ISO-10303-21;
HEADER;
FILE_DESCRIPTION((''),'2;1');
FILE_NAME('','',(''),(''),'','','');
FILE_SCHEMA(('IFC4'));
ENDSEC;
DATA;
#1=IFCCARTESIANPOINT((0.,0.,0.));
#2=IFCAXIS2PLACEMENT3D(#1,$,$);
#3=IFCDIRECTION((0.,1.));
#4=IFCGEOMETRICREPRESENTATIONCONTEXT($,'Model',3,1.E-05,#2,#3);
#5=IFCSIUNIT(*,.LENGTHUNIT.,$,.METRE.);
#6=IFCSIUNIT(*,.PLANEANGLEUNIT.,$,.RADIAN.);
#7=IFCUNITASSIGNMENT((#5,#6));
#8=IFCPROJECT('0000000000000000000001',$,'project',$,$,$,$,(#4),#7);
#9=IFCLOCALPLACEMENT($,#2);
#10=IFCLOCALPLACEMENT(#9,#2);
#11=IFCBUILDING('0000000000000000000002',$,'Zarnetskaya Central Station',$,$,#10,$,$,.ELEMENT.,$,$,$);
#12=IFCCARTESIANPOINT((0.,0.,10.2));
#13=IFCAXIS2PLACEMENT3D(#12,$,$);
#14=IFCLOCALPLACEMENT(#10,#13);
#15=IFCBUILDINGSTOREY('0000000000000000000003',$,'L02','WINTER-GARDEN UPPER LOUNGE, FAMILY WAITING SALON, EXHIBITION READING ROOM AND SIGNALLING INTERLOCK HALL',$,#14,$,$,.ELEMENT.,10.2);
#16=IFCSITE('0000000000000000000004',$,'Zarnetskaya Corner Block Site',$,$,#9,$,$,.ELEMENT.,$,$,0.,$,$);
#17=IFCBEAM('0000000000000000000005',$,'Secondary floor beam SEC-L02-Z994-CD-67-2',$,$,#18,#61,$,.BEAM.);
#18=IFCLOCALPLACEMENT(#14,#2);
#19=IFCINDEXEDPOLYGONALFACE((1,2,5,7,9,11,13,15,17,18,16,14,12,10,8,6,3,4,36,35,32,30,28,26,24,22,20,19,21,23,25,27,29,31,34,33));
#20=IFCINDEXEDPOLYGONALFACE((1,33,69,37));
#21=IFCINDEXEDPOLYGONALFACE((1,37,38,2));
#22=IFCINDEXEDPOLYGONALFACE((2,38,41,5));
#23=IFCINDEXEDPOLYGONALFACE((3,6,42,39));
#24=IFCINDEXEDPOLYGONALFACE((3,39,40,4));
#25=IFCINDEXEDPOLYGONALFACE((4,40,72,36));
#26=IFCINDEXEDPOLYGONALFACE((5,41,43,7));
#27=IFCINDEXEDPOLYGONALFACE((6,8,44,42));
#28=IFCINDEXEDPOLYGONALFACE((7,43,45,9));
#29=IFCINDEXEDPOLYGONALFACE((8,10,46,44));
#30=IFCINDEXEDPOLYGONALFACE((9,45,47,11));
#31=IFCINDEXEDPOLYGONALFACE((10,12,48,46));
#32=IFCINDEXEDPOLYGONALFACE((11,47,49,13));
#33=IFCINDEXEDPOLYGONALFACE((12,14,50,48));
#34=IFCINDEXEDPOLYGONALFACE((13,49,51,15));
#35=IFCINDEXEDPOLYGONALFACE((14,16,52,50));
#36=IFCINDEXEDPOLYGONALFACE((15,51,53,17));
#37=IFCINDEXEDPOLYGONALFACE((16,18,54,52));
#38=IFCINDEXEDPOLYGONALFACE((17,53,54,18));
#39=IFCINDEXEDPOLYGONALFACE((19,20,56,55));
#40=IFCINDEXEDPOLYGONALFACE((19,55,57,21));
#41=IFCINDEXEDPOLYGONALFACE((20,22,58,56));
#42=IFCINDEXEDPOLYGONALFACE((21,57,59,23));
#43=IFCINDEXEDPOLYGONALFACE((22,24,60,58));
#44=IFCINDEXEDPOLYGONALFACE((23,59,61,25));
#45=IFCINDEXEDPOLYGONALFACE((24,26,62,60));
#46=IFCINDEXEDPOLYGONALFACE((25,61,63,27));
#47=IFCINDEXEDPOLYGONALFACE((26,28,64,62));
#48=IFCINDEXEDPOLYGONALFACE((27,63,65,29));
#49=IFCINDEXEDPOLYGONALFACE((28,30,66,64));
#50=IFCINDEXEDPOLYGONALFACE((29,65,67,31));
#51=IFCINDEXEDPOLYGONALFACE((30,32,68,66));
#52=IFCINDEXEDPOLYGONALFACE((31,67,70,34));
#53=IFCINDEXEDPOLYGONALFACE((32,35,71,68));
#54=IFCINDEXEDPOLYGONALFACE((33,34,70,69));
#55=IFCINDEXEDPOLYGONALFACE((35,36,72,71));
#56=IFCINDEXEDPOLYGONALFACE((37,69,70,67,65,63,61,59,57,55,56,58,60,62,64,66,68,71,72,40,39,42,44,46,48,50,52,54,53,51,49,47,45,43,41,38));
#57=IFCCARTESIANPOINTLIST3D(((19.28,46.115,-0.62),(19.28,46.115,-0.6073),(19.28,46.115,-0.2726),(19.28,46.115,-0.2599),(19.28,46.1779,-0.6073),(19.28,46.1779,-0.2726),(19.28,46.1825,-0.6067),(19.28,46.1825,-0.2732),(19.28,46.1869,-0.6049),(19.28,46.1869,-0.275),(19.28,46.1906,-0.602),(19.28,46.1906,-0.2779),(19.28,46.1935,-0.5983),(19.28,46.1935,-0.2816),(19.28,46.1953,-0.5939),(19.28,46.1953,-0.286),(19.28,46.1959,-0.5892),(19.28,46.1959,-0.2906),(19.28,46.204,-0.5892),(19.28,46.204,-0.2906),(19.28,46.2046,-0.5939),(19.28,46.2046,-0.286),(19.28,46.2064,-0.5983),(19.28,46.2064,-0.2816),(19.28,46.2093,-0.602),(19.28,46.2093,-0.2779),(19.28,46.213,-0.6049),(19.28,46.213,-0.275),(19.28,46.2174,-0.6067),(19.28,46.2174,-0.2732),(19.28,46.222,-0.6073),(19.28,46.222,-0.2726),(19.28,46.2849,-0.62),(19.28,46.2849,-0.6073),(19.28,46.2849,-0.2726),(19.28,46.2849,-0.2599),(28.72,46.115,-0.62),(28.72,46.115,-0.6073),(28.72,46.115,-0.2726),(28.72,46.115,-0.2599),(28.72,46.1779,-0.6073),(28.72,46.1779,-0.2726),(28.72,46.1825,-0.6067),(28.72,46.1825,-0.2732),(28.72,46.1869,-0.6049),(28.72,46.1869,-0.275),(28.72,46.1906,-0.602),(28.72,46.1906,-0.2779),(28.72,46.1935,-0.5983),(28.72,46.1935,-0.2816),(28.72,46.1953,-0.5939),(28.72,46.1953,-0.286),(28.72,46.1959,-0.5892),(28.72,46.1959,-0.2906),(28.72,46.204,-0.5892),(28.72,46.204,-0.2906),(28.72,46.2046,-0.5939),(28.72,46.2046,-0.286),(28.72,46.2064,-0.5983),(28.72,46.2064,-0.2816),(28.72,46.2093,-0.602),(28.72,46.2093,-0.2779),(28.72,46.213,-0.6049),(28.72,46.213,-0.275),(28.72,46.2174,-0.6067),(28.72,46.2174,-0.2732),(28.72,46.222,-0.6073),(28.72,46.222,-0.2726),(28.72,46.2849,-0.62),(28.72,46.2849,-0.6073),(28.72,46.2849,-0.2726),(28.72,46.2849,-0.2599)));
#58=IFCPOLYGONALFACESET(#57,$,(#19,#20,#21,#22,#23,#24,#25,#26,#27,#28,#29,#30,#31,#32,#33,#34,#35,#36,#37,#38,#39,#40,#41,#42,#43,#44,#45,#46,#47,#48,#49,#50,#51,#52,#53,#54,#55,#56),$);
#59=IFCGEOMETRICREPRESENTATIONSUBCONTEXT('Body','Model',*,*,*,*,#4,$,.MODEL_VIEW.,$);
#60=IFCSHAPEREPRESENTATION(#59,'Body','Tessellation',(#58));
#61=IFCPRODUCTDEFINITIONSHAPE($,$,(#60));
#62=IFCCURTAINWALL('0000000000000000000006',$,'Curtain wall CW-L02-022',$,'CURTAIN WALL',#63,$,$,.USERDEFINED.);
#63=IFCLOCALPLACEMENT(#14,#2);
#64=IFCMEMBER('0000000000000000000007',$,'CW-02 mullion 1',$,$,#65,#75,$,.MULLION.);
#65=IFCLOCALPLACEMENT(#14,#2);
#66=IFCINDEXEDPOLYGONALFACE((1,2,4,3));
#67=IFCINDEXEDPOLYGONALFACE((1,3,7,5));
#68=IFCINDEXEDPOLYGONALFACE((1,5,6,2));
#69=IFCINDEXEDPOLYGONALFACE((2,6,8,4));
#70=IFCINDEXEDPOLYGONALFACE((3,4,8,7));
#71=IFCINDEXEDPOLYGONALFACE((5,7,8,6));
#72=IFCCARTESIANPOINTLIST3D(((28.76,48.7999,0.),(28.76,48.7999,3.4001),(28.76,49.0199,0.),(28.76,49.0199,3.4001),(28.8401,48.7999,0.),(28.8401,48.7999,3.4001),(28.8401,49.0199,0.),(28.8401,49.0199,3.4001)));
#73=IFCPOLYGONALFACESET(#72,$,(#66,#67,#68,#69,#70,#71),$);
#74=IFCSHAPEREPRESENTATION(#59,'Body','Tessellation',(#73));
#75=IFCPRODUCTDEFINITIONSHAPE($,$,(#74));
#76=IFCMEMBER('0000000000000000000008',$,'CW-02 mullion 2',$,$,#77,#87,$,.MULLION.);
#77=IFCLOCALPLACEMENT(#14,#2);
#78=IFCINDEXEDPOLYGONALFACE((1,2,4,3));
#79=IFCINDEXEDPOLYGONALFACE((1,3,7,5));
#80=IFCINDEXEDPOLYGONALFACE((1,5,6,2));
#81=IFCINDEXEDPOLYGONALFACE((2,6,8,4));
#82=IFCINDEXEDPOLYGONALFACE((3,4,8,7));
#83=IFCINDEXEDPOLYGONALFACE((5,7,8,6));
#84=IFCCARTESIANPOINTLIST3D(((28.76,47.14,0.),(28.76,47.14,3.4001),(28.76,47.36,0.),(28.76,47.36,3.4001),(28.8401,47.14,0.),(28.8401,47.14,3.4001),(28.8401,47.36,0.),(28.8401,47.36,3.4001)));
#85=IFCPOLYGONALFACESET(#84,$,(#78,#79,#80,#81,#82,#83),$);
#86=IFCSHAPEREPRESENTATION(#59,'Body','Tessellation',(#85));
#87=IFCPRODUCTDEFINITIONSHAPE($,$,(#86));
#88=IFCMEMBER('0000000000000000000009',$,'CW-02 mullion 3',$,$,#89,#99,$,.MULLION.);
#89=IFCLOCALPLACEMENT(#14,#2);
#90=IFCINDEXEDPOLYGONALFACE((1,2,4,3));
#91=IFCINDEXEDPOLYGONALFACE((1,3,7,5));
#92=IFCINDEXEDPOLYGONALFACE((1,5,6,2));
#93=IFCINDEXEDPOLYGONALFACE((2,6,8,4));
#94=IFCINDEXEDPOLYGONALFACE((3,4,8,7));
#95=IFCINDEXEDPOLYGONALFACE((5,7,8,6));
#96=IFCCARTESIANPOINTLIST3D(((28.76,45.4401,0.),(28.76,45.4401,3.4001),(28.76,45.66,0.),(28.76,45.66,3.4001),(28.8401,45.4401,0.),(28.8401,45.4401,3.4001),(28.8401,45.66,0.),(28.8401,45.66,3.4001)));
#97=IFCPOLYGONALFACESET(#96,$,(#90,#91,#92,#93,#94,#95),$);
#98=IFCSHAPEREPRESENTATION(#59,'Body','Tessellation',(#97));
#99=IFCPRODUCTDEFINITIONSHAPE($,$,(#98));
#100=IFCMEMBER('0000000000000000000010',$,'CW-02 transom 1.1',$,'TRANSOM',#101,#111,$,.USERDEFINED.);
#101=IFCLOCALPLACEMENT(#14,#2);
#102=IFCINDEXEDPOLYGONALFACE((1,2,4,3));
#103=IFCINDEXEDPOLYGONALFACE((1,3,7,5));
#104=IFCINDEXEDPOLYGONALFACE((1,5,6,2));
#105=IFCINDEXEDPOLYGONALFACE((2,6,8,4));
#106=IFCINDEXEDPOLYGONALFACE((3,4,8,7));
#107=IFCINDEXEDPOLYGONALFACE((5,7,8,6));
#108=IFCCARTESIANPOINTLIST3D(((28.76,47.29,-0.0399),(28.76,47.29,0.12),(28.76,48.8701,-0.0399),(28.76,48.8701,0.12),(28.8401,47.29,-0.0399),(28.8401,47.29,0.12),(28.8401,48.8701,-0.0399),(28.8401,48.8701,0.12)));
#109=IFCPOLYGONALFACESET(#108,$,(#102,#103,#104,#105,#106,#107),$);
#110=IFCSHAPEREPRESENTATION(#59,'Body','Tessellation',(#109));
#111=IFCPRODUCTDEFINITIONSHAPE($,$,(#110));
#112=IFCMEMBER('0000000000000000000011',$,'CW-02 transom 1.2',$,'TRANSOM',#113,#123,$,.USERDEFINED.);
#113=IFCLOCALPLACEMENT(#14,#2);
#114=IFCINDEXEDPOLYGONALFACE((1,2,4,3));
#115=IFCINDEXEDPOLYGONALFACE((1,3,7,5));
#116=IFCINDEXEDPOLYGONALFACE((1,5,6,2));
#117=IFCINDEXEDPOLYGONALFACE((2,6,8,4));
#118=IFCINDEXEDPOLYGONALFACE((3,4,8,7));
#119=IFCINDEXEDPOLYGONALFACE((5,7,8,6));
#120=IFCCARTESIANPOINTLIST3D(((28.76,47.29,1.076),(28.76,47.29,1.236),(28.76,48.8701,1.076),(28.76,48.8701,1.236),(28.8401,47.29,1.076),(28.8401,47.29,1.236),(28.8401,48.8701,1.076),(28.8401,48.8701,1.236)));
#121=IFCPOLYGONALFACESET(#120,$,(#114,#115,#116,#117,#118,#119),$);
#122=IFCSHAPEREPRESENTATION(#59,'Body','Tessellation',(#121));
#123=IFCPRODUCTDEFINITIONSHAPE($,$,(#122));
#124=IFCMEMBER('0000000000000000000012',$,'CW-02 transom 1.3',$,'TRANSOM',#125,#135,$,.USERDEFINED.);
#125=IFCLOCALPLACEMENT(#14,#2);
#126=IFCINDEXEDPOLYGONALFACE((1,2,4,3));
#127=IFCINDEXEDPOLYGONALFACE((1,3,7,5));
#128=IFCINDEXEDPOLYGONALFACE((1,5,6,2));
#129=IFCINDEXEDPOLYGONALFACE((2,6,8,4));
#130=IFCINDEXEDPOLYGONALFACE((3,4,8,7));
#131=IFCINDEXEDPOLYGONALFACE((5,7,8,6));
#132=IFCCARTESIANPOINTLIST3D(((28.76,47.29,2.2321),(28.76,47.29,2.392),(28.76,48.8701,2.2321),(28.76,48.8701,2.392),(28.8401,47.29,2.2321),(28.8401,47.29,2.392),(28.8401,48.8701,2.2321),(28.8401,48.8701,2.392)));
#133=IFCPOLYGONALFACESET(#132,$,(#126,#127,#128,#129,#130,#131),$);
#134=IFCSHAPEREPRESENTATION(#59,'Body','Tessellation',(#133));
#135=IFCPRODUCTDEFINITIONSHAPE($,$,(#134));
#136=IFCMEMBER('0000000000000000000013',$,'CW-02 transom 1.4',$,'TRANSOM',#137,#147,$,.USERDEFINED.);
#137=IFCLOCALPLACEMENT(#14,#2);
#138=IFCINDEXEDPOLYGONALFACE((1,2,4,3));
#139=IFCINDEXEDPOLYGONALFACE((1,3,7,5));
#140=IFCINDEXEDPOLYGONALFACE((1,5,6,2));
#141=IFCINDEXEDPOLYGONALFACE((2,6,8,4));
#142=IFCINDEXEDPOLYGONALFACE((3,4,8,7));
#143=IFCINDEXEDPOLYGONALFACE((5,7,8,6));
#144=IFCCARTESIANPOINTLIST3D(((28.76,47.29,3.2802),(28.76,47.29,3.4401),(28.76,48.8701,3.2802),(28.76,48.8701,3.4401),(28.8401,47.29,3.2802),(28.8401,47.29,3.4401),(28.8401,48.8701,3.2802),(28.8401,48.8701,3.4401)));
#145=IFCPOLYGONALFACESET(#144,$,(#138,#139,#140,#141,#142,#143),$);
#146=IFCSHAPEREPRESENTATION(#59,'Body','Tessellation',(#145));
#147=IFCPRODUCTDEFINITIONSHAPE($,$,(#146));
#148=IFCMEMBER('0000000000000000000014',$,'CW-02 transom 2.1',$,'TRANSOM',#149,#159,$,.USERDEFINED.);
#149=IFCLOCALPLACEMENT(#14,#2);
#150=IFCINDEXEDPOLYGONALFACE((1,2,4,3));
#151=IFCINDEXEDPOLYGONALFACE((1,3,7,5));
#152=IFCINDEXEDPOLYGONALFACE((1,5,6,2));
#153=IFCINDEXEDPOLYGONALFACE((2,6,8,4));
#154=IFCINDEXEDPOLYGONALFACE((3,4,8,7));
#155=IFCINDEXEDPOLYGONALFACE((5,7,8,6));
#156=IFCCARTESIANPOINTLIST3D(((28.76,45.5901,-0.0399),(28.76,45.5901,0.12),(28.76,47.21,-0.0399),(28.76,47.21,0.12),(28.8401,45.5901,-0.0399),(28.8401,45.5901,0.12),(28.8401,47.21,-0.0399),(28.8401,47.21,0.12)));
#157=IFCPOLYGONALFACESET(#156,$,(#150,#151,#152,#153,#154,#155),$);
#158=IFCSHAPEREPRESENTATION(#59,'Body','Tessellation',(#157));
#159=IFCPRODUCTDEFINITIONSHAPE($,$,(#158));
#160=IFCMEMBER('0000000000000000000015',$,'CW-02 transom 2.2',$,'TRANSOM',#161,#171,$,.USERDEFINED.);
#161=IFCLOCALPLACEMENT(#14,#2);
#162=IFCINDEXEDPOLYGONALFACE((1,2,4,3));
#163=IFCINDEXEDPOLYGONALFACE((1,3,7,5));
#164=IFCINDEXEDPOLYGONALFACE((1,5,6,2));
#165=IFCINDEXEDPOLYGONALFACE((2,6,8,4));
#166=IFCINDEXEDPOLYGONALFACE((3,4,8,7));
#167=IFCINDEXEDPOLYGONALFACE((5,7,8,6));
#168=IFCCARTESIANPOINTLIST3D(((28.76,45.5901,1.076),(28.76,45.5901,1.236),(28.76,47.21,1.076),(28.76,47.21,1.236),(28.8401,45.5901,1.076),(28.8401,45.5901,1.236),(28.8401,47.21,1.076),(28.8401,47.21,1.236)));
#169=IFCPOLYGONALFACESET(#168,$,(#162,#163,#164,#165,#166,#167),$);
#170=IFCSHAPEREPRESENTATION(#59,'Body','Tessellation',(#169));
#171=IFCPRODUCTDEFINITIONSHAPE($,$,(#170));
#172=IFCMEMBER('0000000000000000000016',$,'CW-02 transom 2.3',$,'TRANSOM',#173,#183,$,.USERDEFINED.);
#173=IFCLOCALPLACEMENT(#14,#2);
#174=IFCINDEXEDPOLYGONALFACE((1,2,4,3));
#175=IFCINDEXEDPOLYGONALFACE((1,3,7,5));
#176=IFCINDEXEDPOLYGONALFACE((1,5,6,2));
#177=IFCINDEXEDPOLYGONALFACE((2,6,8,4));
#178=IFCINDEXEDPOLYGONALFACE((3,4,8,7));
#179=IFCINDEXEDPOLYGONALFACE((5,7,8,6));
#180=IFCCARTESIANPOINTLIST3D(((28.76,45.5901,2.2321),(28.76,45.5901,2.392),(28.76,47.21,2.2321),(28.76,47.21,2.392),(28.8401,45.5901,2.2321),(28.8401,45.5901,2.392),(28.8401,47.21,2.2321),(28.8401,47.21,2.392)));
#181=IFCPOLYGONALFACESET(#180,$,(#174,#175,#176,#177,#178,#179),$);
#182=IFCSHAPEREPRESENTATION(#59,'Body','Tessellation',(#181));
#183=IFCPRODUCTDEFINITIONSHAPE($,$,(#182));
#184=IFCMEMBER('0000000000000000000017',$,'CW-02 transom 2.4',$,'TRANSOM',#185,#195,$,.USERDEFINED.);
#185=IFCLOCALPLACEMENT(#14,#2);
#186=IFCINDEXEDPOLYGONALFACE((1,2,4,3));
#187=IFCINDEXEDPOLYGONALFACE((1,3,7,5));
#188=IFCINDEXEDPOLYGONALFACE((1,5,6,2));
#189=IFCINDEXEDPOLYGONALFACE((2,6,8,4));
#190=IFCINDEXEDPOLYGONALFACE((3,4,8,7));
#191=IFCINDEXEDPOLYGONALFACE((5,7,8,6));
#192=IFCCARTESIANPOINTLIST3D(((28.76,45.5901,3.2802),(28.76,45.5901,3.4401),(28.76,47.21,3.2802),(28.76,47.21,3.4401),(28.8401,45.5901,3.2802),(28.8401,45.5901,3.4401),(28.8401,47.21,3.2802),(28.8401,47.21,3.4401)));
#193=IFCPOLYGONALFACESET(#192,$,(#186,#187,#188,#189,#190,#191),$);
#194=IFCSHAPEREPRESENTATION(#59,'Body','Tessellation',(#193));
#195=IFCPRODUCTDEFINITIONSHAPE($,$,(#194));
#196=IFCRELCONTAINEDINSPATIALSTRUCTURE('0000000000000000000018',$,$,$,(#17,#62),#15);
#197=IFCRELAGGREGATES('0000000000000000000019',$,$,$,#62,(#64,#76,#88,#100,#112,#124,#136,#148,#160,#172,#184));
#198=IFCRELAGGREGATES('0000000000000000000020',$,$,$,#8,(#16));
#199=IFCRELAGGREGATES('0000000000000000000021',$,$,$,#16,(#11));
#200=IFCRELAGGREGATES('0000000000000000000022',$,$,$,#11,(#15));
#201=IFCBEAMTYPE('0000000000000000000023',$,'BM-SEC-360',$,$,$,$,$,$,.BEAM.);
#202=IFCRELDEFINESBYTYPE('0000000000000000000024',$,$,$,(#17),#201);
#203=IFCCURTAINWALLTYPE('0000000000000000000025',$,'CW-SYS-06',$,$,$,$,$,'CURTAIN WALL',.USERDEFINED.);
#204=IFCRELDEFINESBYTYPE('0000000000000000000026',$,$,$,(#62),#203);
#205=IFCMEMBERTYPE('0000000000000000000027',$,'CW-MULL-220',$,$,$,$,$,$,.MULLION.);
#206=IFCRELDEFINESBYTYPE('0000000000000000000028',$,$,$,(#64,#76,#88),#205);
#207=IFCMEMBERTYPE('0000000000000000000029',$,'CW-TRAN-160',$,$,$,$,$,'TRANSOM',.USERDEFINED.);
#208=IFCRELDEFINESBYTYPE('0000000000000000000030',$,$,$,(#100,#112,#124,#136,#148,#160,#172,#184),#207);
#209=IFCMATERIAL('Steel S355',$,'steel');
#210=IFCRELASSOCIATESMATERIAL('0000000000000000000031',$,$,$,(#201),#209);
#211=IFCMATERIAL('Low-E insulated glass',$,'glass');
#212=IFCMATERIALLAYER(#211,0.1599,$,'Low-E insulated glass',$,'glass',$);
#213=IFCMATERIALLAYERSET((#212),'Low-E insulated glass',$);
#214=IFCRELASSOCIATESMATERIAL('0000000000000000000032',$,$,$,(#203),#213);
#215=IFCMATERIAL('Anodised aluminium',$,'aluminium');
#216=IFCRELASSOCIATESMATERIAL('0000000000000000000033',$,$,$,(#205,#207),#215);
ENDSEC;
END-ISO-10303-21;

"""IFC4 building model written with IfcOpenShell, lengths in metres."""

from ifc_helpers import new_model, si_unit, direction, frame, origin, origin_2d, place, context, subcontext, project, spatial, rectangle, i_section, extrude, material, layer, layer_set, material_profile, profile_set, type_object, element, aggregate, save


model = new_model("IFC4")

# Units and contexts
model_context = context("Model", 3, precision=1e-05, world=origin(), true_north=direction((0.0, 1.0)))
body_context = subcontext(model_context, "Body", "Model", "MODEL_VIEW")
ifc_project = project(units=[si_unit("LENGTHUNIT", "METRE"), si_unit("PLANEANGLEUNIT", "RADIAN")], contexts=[model_context])

# Site, building, storey
site_placement = place(None, origin())
site = spatial("IfcSite", under=ifc_project, at=site_placement, Name="Zarnetskaya Corner Block Site", CompositionType="ELEMENT", RefElevation=0.0)
building_placement = place(site_placement, origin())
building = spatial("IfcBuilding", under=site, at=building_placement, Name="Zarnetskaya Central Station", CompositionType="ELEMENT")
storey_placement = place(building_placement, frame((0.0, 0.0, 10.2)))
storey = spatial("IfcBuildingStorey", under=building, at=storey_placement, Name="L02", Description="WINTER-GARDEN UPPER LOUNGE, FAMILY WAITING SALON, EXHIBITION READING ROOM AND SIGNALLING INTERLOCK HALL", CompositionType="ELEMENT", Elevation=10.2)

# Beam
ifc_material_1 = material(Name="Steel S355", Category="steel")
ifc_material_profile_1 = material_profile(ifc_material_1, i_section(OverallWidth=0.1699, OverallDepth=0.3601, WebThickness=0.0081, FlangeThickness=0.0127, FilletRadius=0.0181, at=origin_2d()), Name="IPE 360")
ifc_profile_set_1 = profile_set([ifc_material_profile_1], Name="Steel S355")
beam_type = type_object("IfcBeamType", Name="BM-SEC-360", PredefinedType="BEAM", material=ifc_profile_set_1)
beam_placement = place(storey_placement, frame((19.28, 46.2, -0.4399), z_axis=(1.0, 0.0, 0.0), x_axis=(0.0, 1.0, 0.0)))
element("IfcBeam", 1, at=beam_placement, inside=storey, type_object=beam_type, Name="Secondary floor beam SEC-L02-Z994-CD-67-2", PredefinedType="BEAM", context=body_context, shape_type="SweptSolid", body=[
    extrude(i_section(OverallWidth=0.1699, OverallDepth=0.3601, WebThickness=0.0081, FlangeThickness=0.0127, FilletRadius=0.0181, at=origin_2d()), origin(), (0.0, 0.0, 1.0), 9.4399),
])

# Curtain wall, members
ifc_material_2 = material(Name="Low-E insulated glass", Category="glass")
ifc_layer_1 = layer(ifc_material_2, 0.1599, Name="Low-E insulated glass", Category="glass")
ifc_layer_set_1 = layer_set([ifc_layer_1], Name="Low-E insulated glass")
curtain_wall_type = type_object("IfcCurtainWallType", Name="CW-SYS-06", ElementType="CURTAIN WALL", PredefinedType="USERDEFINED", material=ifc_layer_set_1)
curtain_wall_placement = place(storey_placement, origin())
curtain_wall = element("IfcCurtainWall", 2, at=curtain_wall_placement, inside=storey, type_object=curtain_wall_type, Name="Curtain wall CW-L02-022", ObjectType="CURTAIN WALL", PredefinedType="USERDEFINED")
ifc_material_3 = material(Name="Anodised aluminium", Category="aluminium")
ifc_material_profile_2 = material_profile(ifc_material_3, rectangle(XDim=0.0801, YDim=0.22, at=origin_2d()), Name="ALU MULL 80x220")
ifc_profile_set_2 = profile_set([ifc_material_profile_2], Name="Anodised aluminium")
member_type_1 = type_object("IfcMemberType", Name="CW-MULL-220", PredefinedType="MULLION", material=ifc_profile_set_2)
member_1_placement = place(storey_placement, frame((28.8, 48.9099, 0.0), z_axis=(0.0, 0.0, 1.0), x_axis=(1.0, 0.0, 0.0)))
member_1 = element("IfcMember", 3, at=member_1_placement, type_object=member_type_1, Name="CW-02 mullion 1", PredefinedType="MULLION", context=body_context, shape_type="SweptSolid", body=[
    extrude(rectangle(XDim=0.0801, YDim=0.22, at=origin_2d()), origin(), (0.0, 0.0, 1.0), 3.4001),
])
member_2_placement = place(storey_placement, frame((28.8, 47.25, 0.0), z_axis=(0.0, 0.0, 1.0), x_axis=(1.0, 0.0, 0.0)))
member_2 = element("IfcMember", 4, at=member_2_placement, type_object=member_type_1, Name="CW-02 mullion 2", PredefinedType="MULLION", context=body_context, shape_type="SweptSolid", body=[
    extrude(rectangle(XDim=0.0801, YDim=0.22, at=origin_2d()), origin(), (0.0, 0.0, 1.0), 3.4001),
])
member_3_placement = place(storey_placement, frame((28.8, 45.55, 0.0), z_axis=(0.0, 0.0, 1.0), x_axis=(1.0, 0.0, 0.0)))
member_3 = element("IfcMember", 5, at=member_3_placement, type_object=member_type_1, Name="CW-02 mullion 3", PredefinedType="MULLION", context=body_context, shape_type="SweptSolid", body=[
    extrude(rectangle(XDim=0.0801, YDim=0.22, at=origin_2d()), origin(), (0.0, 0.0, 1.0), 3.4001),
])
ifc_material_profile_3 = material_profile(ifc_material_3, rectangle(XDim=0.0801, YDim=0.1599, at=origin_2d()), Name="ALU TRAN 80x160")
ifc_profile_set_3 = profile_set([ifc_material_profile_3], Name="Anodised aluminium")
member_type_2 = type_object("IfcMemberType", Name="CW-TRAN-160", ElementType="TRANSOM", PredefinedType="USERDEFINED", material=ifc_profile_set_3)
member_4_placement = place(storey_placement, frame((28.8, 48.8701, 0.04), z_axis=(0.0, -1.0, 0.0), x_axis=(1.0, 0.0, 0.0)))
member_4 = element("IfcMember", 6, at=member_4_placement, type_object=member_type_2, Name="CW-02 transom 1.1", ObjectType="TRANSOM", PredefinedType="USERDEFINED", context=body_context, shape_type="SweptSolid", body=[
    extrude(rectangle(XDim=0.0801, YDim=0.1599, at=origin_2d()), origin(), (0.0, 0.0, 1.0), 1.5801),
])
member_5_placement = place(storey_placement, frame((28.8, 48.8701, 1.156), z_axis=(0.0, -1.0, 0.0), x_axis=(1.0, 0.0, 0.0)))
member_5 = element("IfcMember", 7, at=member_5_placement, type_object=member_type_2, Name="CW-02 transom 1.2", ObjectType="TRANSOM", PredefinedType="USERDEFINED", context=body_context, shape_type="SweptSolid", body=[
    extrude(rectangle(XDim=0.0801, YDim=0.1599, at=origin_2d()), origin(), (0.0, 0.0, 1.0), 1.5801),
])
member_6_placement = place(storey_placement, frame((28.8, 48.8701, 2.312), z_axis=(0.0, -1.0, 0.0), x_axis=(1.0, 0.0, 0.0)))
member_6 = element("IfcMember", 8, at=member_6_placement, type_object=member_type_2, Name="CW-02 transom 1.3", ObjectType="TRANSOM", PredefinedType="USERDEFINED", context=body_context, shape_type="SweptSolid", body=[
    extrude(rectangle(XDim=0.0801, YDim=0.1599, at=origin_2d()), origin(), (0.0, 0.0, 1.0), 1.5801),
])
member_7_placement = place(storey_placement, frame((28.8, 48.8701, 3.3601), z_axis=(0.0, -1.0, 0.0), x_axis=(1.0, 0.0, 0.0)))
member_7 = element("IfcMember", 9, at=member_7_placement, type_object=member_type_2, Name="CW-02 transom 1.4", ObjectType="TRANSOM", PredefinedType="USERDEFINED", context=body_context, shape_type="SweptSolid", body=[
    extrude(rectangle(XDim=0.0801, YDim=0.1599, at=origin_2d()), origin(), (0.0, 0.0, 1.0), 1.5801),
])
member_8_placement = place(storey_placement, frame((28.8, 47.21, 0.04), z_axis=(0.0, -1.0, 0.0), x_axis=(1.0, 0.0, 0.0)))
member_8 = element("IfcMember", 10, at=member_8_placement, type_object=member_type_2, Name="CW-02 transom 2.1", ObjectType="TRANSOM", PredefinedType="USERDEFINED", context=body_context, shape_type="SweptSolid", body=[
    extrude(rectangle(XDim=0.0801, YDim=0.1599, at=origin_2d()), origin(), (0.0, 0.0, 1.0), 1.6199),
])
member_9_placement = place(storey_placement, frame((28.8, 47.21, 1.156), z_axis=(0.0, -1.0, 0.0), x_axis=(1.0, 0.0, 0.0)))
member_9 = element("IfcMember", 11, at=member_9_placement, type_object=member_type_2, Name="CW-02 transom 2.2", ObjectType="TRANSOM", PredefinedType="USERDEFINED", context=body_context, shape_type="SweptSolid", body=[
    extrude(rectangle(XDim=0.0801, YDim=0.1599, at=origin_2d()), origin(), (0.0, 0.0, 1.0), 1.6199),
])
member_10_placement = place(storey_placement, frame((28.8, 47.21, 2.312), z_axis=(0.0, -1.0, 0.0), x_axis=(1.0, 0.0, 0.0)))
member_10 = element("IfcMember", 12, at=member_10_placement, type_object=member_type_2, Name="CW-02 transom 2.3", ObjectType="TRANSOM", PredefinedType="USERDEFINED", context=body_context, shape_type="SweptSolid", body=[
    extrude(rectangle(XDim=0.0801, YDim=0.1599, at=origin_2d()), origin(), (0.0, 0.0, 1.0), 1.6199),
])
member_11_placement = place(storey_placement, frame((28.8, 47.21, 3.3601), z_axis=(0.0, -1.0, 0.0), x_axis=(1.0, 0.0, 0.0)))
member_11 = element("IfcMember", 13, at=member_11_placement, type_object=member_type_2, Name="CW-02 transom 2.4", ObjectType="TRANSOM", PredefinedType="USERDEFINED", context=body_context, shape_type="SweptSolid", body=[
    extrude(rectangle(XDim=0.0801, YDim=0.1599, at=origin_2d()), origin(), (0.0, 0.0, 1.0), 1.6199),
])
aggregate(curtain_wall, [member_1, member_2, member_3, member_4, member_5, member_6, member_7, member_8, member_9, member_10, member_11])

save(model, "model.ifc")
